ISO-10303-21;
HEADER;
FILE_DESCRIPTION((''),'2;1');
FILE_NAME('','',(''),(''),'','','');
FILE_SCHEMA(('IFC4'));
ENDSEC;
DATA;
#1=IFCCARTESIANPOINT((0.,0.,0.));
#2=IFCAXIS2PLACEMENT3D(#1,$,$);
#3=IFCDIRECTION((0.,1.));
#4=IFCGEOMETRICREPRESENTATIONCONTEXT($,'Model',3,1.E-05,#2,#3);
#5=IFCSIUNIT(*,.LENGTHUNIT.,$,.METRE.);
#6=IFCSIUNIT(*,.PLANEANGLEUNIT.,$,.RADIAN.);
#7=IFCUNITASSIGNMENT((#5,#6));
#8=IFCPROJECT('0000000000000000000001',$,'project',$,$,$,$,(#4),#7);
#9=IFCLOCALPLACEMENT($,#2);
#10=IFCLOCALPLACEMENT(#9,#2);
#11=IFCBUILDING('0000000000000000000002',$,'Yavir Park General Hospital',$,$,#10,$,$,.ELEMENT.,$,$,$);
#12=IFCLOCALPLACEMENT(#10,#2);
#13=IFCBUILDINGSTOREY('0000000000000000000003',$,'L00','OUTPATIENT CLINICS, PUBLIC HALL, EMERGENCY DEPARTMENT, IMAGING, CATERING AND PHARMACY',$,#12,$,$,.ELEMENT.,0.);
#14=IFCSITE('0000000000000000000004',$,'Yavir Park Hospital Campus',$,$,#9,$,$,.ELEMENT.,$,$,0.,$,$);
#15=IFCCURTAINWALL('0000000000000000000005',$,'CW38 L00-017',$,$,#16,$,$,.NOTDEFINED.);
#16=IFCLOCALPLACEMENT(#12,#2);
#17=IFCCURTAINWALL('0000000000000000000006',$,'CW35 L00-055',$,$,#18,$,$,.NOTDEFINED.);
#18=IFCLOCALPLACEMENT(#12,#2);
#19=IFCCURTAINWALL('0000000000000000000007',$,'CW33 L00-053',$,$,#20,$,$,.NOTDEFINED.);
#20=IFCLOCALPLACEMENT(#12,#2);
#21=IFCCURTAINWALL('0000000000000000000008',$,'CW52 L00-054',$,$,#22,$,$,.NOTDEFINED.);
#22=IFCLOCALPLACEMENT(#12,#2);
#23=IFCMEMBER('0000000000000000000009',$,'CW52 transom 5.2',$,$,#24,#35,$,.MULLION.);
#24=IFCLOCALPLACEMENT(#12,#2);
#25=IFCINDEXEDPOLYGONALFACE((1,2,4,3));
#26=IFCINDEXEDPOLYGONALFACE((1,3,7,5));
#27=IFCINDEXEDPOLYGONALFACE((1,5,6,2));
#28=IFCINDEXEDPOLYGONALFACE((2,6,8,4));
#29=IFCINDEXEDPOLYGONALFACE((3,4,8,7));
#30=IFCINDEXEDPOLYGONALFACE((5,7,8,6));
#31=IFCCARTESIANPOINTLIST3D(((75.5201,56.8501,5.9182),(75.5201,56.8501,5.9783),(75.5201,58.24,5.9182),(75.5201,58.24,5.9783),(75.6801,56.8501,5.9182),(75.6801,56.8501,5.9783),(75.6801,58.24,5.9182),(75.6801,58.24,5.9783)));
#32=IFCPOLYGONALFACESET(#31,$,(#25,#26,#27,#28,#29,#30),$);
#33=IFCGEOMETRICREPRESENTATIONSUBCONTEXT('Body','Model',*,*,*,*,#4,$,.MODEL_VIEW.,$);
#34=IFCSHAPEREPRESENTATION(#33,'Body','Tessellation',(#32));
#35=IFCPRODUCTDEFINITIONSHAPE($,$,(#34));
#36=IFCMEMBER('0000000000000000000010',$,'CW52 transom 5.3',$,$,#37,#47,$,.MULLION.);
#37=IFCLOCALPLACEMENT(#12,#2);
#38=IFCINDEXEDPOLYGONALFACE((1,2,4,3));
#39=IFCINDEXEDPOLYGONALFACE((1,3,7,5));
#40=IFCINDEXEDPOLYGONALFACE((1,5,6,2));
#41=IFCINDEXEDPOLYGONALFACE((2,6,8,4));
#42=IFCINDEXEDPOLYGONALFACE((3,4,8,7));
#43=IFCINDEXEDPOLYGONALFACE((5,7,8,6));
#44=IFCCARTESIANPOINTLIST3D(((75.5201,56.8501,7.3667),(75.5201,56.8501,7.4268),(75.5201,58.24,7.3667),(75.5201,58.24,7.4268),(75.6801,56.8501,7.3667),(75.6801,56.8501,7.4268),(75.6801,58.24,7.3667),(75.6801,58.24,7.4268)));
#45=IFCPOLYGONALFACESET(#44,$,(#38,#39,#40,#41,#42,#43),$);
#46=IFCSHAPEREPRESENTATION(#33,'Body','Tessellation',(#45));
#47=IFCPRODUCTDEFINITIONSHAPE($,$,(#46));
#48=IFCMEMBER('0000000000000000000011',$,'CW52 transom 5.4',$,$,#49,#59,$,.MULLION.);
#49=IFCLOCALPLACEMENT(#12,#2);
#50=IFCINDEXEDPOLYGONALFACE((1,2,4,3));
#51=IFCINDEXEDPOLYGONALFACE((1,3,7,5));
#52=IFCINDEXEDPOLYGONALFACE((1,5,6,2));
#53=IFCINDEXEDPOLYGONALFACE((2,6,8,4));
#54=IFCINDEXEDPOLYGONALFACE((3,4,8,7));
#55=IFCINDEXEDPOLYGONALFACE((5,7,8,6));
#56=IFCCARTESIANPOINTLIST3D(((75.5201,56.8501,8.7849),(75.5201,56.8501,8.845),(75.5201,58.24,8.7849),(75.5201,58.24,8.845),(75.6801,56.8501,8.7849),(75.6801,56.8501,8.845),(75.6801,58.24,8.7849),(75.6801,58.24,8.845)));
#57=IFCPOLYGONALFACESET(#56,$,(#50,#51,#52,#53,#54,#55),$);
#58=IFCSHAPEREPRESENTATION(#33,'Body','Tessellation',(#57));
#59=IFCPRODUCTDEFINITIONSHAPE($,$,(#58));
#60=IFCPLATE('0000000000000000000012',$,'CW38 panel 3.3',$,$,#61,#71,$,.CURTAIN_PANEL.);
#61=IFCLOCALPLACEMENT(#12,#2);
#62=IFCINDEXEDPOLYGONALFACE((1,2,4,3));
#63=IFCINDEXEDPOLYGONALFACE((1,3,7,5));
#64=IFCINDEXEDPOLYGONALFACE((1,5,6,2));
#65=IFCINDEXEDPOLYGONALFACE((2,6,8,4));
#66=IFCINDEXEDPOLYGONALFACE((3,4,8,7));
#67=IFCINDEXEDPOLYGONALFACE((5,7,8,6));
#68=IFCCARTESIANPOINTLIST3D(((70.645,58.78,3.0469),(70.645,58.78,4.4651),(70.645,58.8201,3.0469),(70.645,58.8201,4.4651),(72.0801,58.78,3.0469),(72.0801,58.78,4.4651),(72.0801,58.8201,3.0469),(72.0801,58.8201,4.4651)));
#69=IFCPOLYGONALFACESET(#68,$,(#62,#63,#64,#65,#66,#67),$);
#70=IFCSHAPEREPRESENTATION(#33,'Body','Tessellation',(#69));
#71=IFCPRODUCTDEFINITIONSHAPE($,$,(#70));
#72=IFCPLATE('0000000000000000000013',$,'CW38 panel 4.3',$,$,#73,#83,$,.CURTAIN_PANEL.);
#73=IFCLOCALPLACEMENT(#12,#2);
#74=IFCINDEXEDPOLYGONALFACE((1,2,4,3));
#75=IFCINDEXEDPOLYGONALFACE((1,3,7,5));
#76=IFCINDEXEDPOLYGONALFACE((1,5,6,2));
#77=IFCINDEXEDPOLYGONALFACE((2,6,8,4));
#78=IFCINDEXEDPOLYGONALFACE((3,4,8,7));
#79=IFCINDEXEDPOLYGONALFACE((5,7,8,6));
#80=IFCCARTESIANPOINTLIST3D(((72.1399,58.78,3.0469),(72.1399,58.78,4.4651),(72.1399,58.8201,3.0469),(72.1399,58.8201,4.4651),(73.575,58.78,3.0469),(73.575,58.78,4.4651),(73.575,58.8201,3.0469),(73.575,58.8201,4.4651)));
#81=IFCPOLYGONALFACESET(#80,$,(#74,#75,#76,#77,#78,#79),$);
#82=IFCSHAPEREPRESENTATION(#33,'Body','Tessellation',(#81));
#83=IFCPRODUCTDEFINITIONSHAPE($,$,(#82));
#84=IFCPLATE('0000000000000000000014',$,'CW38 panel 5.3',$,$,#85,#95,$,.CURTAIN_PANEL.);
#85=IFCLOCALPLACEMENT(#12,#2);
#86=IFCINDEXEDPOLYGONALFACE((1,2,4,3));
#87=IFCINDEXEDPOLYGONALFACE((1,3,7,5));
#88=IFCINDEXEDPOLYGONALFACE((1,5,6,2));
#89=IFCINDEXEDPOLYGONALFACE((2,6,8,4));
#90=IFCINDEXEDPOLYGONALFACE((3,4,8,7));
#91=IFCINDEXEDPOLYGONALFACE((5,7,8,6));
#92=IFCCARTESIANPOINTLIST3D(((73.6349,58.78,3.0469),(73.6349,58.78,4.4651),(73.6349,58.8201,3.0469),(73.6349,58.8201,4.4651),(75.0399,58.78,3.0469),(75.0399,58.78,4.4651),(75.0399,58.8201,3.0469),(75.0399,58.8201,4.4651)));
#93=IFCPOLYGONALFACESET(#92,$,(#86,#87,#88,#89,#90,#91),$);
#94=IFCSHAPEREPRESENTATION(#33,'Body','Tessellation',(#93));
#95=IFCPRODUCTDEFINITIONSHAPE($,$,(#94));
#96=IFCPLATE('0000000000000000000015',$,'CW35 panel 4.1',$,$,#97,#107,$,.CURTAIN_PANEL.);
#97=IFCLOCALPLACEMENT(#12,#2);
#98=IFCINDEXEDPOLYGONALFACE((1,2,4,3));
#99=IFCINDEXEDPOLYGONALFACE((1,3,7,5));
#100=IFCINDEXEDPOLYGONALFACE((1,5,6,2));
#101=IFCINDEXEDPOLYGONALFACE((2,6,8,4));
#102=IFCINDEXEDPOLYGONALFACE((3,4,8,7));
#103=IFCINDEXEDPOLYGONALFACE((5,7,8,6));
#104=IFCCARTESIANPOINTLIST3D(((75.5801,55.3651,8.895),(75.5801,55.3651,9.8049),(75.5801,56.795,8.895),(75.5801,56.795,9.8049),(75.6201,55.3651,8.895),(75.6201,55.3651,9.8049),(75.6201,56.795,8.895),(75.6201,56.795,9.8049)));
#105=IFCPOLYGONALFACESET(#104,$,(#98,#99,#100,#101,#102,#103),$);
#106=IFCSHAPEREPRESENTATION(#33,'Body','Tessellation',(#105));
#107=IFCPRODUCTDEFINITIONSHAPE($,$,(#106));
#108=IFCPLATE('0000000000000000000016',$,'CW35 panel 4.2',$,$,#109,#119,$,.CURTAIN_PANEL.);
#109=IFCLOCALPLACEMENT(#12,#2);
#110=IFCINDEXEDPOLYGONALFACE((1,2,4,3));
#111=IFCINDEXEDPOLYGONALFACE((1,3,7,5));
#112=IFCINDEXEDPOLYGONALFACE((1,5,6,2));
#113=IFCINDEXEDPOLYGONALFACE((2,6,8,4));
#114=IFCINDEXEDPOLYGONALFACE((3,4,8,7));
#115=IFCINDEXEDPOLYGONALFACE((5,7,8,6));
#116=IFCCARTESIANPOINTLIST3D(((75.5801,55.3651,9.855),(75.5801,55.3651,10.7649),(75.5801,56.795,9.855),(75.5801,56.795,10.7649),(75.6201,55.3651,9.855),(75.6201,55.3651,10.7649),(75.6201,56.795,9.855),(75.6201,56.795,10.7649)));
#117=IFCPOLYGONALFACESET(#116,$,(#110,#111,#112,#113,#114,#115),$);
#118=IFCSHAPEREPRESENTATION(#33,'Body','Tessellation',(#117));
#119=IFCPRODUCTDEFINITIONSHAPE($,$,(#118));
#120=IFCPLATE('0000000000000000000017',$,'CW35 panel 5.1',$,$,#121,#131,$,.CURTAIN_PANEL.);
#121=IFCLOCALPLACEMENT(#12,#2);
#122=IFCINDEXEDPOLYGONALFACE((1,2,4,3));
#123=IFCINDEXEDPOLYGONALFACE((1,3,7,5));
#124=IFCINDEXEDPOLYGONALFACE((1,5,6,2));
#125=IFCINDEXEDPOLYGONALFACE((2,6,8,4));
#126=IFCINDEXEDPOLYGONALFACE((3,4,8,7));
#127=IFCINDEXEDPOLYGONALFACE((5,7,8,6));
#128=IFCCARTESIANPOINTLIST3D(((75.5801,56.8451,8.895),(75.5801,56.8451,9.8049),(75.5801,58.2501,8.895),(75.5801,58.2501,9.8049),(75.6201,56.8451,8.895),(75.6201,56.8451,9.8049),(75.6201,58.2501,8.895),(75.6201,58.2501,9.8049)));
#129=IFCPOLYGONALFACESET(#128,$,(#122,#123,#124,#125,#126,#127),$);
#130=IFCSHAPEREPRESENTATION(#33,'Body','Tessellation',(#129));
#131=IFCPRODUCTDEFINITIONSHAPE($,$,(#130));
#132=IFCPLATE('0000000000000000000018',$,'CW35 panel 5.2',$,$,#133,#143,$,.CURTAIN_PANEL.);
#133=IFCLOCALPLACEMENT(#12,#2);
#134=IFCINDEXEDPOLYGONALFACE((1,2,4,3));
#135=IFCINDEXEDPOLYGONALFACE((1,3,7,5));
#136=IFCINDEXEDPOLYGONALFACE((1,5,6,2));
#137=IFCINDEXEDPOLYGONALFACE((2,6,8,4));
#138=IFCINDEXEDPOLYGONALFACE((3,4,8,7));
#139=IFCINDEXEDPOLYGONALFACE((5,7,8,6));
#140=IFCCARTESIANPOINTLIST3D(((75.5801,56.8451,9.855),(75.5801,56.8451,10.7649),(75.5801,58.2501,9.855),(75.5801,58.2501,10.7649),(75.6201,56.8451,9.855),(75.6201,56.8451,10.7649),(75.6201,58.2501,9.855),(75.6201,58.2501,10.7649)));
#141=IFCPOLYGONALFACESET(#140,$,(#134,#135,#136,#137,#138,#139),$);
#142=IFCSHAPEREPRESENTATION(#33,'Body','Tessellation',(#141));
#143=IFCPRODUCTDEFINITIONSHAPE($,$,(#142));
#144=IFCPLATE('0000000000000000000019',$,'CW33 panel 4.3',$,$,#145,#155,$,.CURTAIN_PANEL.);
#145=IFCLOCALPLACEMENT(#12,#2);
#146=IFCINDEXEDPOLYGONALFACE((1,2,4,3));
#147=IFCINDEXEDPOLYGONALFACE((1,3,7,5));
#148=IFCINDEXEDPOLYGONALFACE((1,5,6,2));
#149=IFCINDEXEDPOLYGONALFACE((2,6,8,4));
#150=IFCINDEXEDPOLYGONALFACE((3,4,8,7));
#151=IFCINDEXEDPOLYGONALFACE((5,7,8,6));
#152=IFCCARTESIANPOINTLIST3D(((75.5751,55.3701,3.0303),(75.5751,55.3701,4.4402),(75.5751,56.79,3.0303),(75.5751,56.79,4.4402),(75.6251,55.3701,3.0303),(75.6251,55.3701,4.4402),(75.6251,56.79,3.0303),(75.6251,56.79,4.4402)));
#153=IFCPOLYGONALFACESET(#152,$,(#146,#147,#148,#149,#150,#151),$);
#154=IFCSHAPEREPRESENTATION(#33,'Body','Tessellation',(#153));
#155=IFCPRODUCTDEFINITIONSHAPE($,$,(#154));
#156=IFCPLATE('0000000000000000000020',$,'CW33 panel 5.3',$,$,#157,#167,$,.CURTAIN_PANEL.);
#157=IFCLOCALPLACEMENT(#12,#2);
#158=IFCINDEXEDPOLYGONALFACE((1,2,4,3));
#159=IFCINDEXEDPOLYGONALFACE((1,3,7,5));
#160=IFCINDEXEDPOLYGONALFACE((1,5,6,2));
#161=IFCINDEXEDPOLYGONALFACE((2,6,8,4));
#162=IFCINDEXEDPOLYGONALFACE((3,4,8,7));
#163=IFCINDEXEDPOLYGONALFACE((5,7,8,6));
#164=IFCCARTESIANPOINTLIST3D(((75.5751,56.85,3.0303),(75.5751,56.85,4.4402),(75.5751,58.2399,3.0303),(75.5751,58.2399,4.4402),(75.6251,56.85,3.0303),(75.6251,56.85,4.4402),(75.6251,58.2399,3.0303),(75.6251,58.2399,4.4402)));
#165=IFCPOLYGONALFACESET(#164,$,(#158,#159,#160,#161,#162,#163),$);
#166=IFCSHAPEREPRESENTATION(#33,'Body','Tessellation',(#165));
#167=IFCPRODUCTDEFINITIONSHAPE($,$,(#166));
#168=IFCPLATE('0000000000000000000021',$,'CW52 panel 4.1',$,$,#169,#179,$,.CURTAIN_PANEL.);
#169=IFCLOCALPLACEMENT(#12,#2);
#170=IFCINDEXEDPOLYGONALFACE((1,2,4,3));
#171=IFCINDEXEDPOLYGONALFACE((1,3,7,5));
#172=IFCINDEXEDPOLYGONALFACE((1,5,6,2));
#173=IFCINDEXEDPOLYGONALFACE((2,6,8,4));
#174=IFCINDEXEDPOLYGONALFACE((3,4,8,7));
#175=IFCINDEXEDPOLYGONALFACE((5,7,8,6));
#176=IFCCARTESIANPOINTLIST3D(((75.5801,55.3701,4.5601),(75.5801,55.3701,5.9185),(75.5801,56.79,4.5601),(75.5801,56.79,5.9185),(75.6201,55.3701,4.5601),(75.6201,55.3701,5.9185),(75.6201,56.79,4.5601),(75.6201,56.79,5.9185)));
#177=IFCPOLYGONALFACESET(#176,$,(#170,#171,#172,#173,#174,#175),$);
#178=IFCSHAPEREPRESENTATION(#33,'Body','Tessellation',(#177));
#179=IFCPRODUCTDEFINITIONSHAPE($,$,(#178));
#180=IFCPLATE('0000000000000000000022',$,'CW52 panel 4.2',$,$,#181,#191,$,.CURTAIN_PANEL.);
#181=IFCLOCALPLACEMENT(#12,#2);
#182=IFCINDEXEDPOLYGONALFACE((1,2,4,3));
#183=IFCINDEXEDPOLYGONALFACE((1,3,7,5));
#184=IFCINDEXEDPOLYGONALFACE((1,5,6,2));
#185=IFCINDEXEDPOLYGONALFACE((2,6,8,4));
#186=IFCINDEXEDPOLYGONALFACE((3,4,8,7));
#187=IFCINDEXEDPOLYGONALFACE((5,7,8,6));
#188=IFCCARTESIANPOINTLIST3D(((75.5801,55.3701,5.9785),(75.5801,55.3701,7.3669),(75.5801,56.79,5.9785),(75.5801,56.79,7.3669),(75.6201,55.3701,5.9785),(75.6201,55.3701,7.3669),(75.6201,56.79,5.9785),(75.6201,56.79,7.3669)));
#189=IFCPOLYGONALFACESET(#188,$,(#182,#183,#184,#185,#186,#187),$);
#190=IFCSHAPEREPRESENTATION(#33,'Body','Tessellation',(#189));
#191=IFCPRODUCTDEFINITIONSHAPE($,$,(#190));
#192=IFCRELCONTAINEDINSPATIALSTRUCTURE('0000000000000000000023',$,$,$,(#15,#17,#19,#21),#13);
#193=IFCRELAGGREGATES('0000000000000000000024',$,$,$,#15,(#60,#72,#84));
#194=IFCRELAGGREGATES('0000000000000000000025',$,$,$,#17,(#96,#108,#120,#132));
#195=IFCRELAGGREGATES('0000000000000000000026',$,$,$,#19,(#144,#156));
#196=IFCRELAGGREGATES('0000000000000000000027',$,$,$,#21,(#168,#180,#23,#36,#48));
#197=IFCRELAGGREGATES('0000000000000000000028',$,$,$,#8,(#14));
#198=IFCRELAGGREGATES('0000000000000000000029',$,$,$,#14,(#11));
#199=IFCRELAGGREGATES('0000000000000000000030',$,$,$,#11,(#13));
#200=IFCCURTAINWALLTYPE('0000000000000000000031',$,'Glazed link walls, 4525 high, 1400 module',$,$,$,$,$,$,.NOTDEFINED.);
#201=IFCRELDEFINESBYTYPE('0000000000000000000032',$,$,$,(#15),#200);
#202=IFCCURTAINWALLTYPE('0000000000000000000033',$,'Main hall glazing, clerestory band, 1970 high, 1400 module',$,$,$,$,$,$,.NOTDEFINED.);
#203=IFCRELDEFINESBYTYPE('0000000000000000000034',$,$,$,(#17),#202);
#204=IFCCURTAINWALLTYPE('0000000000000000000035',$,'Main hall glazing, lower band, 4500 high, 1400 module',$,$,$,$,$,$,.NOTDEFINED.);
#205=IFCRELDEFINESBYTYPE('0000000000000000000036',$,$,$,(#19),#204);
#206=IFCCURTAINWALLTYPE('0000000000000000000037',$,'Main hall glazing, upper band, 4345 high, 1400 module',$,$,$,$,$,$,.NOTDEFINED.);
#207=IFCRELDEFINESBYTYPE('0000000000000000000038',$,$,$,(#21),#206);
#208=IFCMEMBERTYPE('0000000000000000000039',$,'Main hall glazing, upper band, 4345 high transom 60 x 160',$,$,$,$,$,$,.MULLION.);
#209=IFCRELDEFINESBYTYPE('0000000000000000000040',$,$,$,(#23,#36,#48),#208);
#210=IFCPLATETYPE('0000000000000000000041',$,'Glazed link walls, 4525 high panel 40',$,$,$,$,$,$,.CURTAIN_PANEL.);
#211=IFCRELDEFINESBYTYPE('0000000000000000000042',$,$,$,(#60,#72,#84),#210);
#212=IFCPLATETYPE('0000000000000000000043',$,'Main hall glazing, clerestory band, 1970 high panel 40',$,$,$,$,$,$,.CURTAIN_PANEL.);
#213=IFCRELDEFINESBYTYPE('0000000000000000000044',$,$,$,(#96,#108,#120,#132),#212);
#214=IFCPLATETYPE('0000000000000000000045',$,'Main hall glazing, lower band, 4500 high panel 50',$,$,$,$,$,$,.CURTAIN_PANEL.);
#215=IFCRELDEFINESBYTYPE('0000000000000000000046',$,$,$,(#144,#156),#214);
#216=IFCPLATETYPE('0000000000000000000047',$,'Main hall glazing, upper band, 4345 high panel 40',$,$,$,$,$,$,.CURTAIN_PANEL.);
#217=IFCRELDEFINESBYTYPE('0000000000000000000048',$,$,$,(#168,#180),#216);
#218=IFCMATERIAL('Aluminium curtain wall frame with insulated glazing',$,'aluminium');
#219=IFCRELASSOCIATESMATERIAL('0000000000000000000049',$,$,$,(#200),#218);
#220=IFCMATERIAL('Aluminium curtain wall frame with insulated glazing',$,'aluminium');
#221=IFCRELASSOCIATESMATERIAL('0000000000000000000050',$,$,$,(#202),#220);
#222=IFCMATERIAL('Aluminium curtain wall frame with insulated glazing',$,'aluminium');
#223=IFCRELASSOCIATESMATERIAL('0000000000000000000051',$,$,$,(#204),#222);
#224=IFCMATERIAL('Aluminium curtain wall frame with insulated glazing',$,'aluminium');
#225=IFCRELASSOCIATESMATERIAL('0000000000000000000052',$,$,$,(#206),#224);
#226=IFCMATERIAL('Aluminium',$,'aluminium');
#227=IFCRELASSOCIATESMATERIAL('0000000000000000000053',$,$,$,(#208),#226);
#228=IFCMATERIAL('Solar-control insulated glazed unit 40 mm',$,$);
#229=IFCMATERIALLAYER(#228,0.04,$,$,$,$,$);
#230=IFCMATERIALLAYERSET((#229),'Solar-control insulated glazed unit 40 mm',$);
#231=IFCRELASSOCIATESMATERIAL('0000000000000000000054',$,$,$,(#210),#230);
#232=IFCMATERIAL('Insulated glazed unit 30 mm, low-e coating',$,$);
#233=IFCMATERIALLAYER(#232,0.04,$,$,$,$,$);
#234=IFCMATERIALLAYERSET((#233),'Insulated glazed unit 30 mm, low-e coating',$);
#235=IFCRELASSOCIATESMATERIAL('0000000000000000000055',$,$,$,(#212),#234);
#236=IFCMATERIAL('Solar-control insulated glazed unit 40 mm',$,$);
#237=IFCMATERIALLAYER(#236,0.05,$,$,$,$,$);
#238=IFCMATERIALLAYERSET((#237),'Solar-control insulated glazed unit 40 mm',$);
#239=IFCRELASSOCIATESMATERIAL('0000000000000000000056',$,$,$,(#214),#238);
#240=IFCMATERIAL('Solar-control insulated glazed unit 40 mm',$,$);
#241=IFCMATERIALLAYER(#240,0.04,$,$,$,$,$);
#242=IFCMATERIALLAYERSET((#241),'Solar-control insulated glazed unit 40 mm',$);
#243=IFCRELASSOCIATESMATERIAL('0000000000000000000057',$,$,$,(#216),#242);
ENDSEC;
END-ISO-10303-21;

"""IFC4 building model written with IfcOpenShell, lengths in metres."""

from ifc_helpers import new_model, si_unit, direction, frame, origin, origin_2d, place, context, subcontext, project, spatial, rectangle, extrude, material, layer, layer_set, material_profile, profile_set, type_object, element, aggregate, save


model = new_model("IFC4")

# Units and contexts
model_context = context("Model", 3, precision=1e-05, world=origin(), true_north=direction((0.0, 1.0)))
body_context = subcontext(model_context, "Body", "Model", "MODEL_VIEW")
ifc_project = project(units=[si_unit("LENGTHUNIT", "METRE"), si_unit("PLANEANGLEUNIT", "RADIAN")], contexts=[model_context])

# Site, building, storey
site_placement = place(None, origin())
site = spatial("IfcSite", under=ifc_project, at=site_placement, Name="Yavir Park Hospital Campus", CompositionType="ELEMENT", RefElevation=0.0)
building_placement = place(site_placement, origin())
building = spatial("IfcBuilding", under=site, at=building_placement, Name="Yavir Park General Hospital", CompositionType="ELEMENT")
storey_placement = place(building_placement, origin())
storey = spatial("IfcBuildingStorey", under=building, at=storey_placement, Name="L00", Description="OUTPATIENT CLINICS, PUBLIC HALL, EMERGENCY DEPARTMENT, IMAGING, CATERING AND PHARMACY", CompositionType="ELEMENT", Elevation=0.0)

# Curtain walls
ifc_material_1 = material(Name="Aluminium curtain wall frame with insulated glazing", Category="aluminium")
curtain_wall_type_1 = type_object("IfcCurtainWallType", Name="Glazed link walls, 4525 high, 1400 module", PredefinedType="NOTDEFINED", material=ifc_material_1)
curtain_wall_1_placement = place(storey_placement, origin())
curtain_wall_1 = element("IfcCurtainWall", 1, at=curtain_wall_1_placement, inside=storey, type_object=curtain_wall_type_1, Name="CW38 L00-017", PredefinedType="NOTDEFINED")
ifc_material_2 = material(Name="Aluminium curtain wall frame with insulated glazing", Category="aluminium")
curtain_wall_type_2 = type_object("IfcCurtainWallType", Name="Main hall glazing, clerestory band, 1970 high, 1400 module", PredefinedType="NOTDEFINED", material=ifc_material_2)
curtain_wall_2_placement = place(storey_placement, origin())
curtain_wall_2 = element("IfcCurtainWall", 2, at=curtain_wall_2_placement, inside=storey, type_object=curtain_wall_type_2, Name="CW35 L00-055", PredefinedType="NOTDEFINED")

# Curtain wall
ifc_material_3 = material(Name="Aluminium curtain wall frame with insulated glazing", Category="aluminium")
curtain_wall_type_3 = type_object("IfcCurtainWallType", Name="Main hall glazing, lower band, 4500 high, 1400 module", PredefinedType="NOTDEFINED", material=ifc_material_3)
curtain_wall_3_placement = place(storey_placement, origin())
curtain_wall_3 = element("IfcCurtainWall", 3, at=curtain_wall_3_placement, inside=storey, type_object=curtain_wall_type_3, Name="CW33 L00-053", PredefinedType="NOTDEFINED")

# Curtain wall, members
ifc_material_4 = material(Name="Aluminium curtain wall frame with insulated glazing", Category="aluminium")
curtain_wall_type_4 = type_object("IfcCurtainWallType", Name="Main hall glazing, upper band, 4345 high, 1400 module", PredefinedType="NOTDEFINED", material=ifc_material_4)
curtain_wall_4_placement = place(storey_placement, origin())
curtain_wall_4 = element("IfcCurtainWall", 4, at=curtain_wall_4_placement, inside=storey, type_object=curtain_wall_type_4, Name="CW52 L00-054", PredefinedType="NOTDEFINED")
ifc_material_5 = material(Name="Aluminium", Category="aluminium")
ifc_material_profile_1 = material_profile(ifc_material_5, rectangle(XDim=0.1599, YDim=0.0601, at=origin_2d()), Name="AL 160x60")
ifc_profile_set_1 = profile_set([ifc_material_profile_1], Name="Aluminium")
member_type_1 = type_object("IfcMemberType", Name="Main hall glazing, upper band, 4345 high transom 60 x 160", PredefinedType="MULLION", material=ifc_profile_set_1)
member_1_placement = place(storey_placement, frame((75.6001, 56.8501, 5.9482), z_axis=(0.0, 1.0, 0.0), x_axis=(-1.0, 0.0, 0.0)))
member_1 = element("IfcMember", 5, at=member_1_placement, type_object=member_type_1, Name="CW52 transom 5.2", PredefinedType="MULLION", context=body_context, shape_type="SweptSolid", body=[
    extrude(rectangle(XDim=0.1599, YDim=0.0601, at=origin_2d()), origin(), (0.0, 0.0, 1.0), 1.3899),
])
member_2_placement = place(storey_placement, frame((75.6001, 56.8501, 7.3967), z_axis=(0.0, 1.0, 0.0), x_axis=(-1.0, 0.0, 0.0)))
member_2 = element("IfcMember", 6, at=member_2_placement, type_object=member_type_1, Name="CW52 transom 5.3", PredefinedType="MULLION", context=body_context, shape_type="SweptSolid", body=[
    extrude(rectangle(XDim=0.1599, YDim=0.0601, at=origin_2d()), origin(), (0.0, 0.0, 1.0), 1.3899),
])
member_3_placement = place(storey_placement, frame((75.6001, 56.8501, 8.8149), z_axis=(0.0, 1.0, 0.0), x_axis=(-1.0, 0.0, 0.0)))
member_3 = element("IfcMember", 7, at=member_3_placement, type_object=member_type_1, Name="CW52 transom 5.4", PredefinedType="MULLION", context=body_context, shape_type="SweptSolid", body=[
    extrude(rectangle(XDim=0.1599, YDim=0.0601, at=origin_2d()), origin(), (0.0, 0.0, 1.0), 1.3899),
])

# Plates
ifc_material_6 = material(Name="Solar-control insulated glazed unit 40 mm")
ifc_layer_1 = layer(ifc_material_6, 0.04)
ifc_layer_set_1 = layer_set([ifc_layer_1], Name="Solar-control insulated glazed unit 40 mm")
plate_type_1 = type_object("IfcPlateType", Name="Glazed link walls, 4525 high panel 40", PredefinedType="CURTAIN_PANEL", material=ifc_layer_set_1)
plate_1_placement = place(storey_placement, frame((71.3625, 58.8, 3.0469), z_axis=(0.0, 0.0, 1.0), x_axis=(1.0, 0.0, 0.0)))
plate_1 = element("IfcPlate", 8, at=plate_1_placement, type_object=plate_type_1, Name="CW38 panel 3.3", PredefinedType="CURTAIN_PANEL", context=body_context, shape_type="SweptSolid", body=[
    extrude(rectangle(XDim=1.4351, YDim=0.04, at=origin_2d()), origin(), (0.0, 0.0, 1.0), 1.4182),
])
plate_2_placement = place(storey_placement, frame((72.8574, 58.8, 3.0469), z_axis=(0.0, 0.0, 1.0), x_axis=(1.0, 0.0, 0.0)))
plate_2 = element("IfcPlate", 9, at=plate_2_placement, type_object=plate_type_1, Name="CW38 panel 4.3", PredefinedType="CURTAIN_PANEL", context=body_context, shape_type="SweptSolid", body=[
    extrude(rectangle(XDim=1.4351, YDim=0.04, at=origin_2d()), origin(), (0.0, 0.0, 1.0), 1.4182),
])
plate_3_placement = place(storey_placement, frame((74.3374, 58.8, 3.0469), z_axis=(0.0, 0.0, 1.0), x_axis=(1.0, 0.0, 0.0)))
plate_3 = element("IfcPlate", 10, at=plate_3_placement, type_object=plate_type_1, Name="CW38 panel 5.3", PredefinedType="CURTAIN_PANEL", context=body_context, shape_type="SweptSolid", body=[
    extrude(rectangle(XDim=1.405, YDim=0.04, at=origin_2d()), origin(), (0.0, 0.0, 1.0), 1.4182),
])
aggregate(curtain_wall_1, [plate_1, plate_2, plate_3])
ifc_material_7 = material(Name="Insulated glazed unit 30 mm, low-e coating")
ifc_layer_2 = layer(ifc_material_7, 0.04)
ifc_layer_set_2 = layer_set([ifc_layer_2], Name="Insulated glazed unit 30 mm, low-e coating")
plate_type_2 = type_object("IfcPlateType", Name="Main hall glazing, clerestory band, 1970 high panel 40", PredefinedType="CURTAIN_PANEL", material=ifc_layer_set_2)
plate_4_placement = place(storey_placement, frame((75.6001, 56.0801, 8.895), z_axis=(0.0, 0.0, 1.0), x_axis=(0.0, 1.0, 0.0)))
plate_4 = element("IfcPlate", 11, at=plate_4_placement, type_object=plate_type_2, Name="CW35 panel 4.1", PredefinedType="CURTAIN_PANEL", context=body_context, shape_type="SweptSolid", body=[
    extrude(rectangle(XDim=1.4299, YDim=0.04, at=origin_2d()), origin(), (0.0, 0.0, 1.0), 0.9099),
])
plate_5_placement = place(storey_placement, frame((75.6001, 56.0801, 9.855), z_axis=(0.0, 0.0, 1.0), x_axis=(0.0, 1.0, 0.0)))
plate_5 = element("IfcPlate", 12, at=plate_5_placement, type_object=plate_type_2, Name="CW35 panel 4.2", PredefinedType="CURTAIN_PANEL", context=body_context, shape_type="SweptSolid", body=[
    extrude(rectangle(XDim=1.4299, YDim=0.04, at=origin_2d()), origin(), (0.0, 0.0, 1.0), 0.9099),
])
plate_6_placement = place(storey_placement, frame((75.6001, 57.5476, 8.895), z_axis=(0.0, 0.0, 1.0), x_axis=(0.0, 1.0, 0.0)))
plate_6 = element("IfcPlate", 13, at=plate_6_placement, type_object=plate_type_2, Name="CW35 panel 5.1", PredefinedType="CURTAIN_PANEL", context=body_context, shape_type="SweptSolid", body=[
    extrude(rectangle(XDim=1.405, YDim=0.04, at=origin_2d()), origin(), (0.0, 0.0, 1.0), 0.9099),
])
plate_7_placement = place(storey_placement, frame((75.6001, 57.5476, 9.855), z_axis=(0.0, 0.0, 1.0), x_axis=(0.0, 1.0, 0.0)))
plate_7 = element("IfcPlate", 14, at=plate_7_placement, type_object=plate_type_2, Name="CW35 panel 5.2", PredefinedType="CURTAIN_PANEL", context=body_context, shape_type="SweptSolid", body=[
    extrude(rectangle(XDim=1.405, YDim=0.04, at=origin_2d()), origin(), (0.0, 0.0, 1.0), 0.9099),
])
aggregate(curtain_wall_2, [plate_4, plate_5, plate_6, plate_7])
ifc_material_8 = material(Name="Solar-control insulated glazed unit 40 mm")
ifc_layer_3 = layer(ifc_material_8, 0.05)
ifc_layer_set_3 = layer_set([ifc_layer_3], Name="Solar-control insulated glazed unit 40 mm")
plate_type_3 = type_object("IfcPlateType", Name="Main hall glazing, lower band, 4500 high panel 50", PredefinedType="CURTAIN_PANEL", material=ifc_layer_set_3)
plate_8_placement = place(storey_placement, frame((75.6001, 56.0801, 3.0303), z_axis=(0.0, 0.0, 1.0), x_axis=(0.0, 1.0, 0.0)))
plate_8 = element("IfcPlate", 15, at=plate_8_placement, type_object=plate_type_3, Name="CW33 panel 4.3", PredefinedType="CURTAIN_PANEL", context=body_context, shape_type="SweptSolid", body=[
    extrude(rectangle(XDim=1.4199, YDim=0.05, at=origin_2d()), origin(), (0.0, 0.0, 1.0), 1.4099),
])
plate_9_placement = place(storey_placement, frame((75.6001, 57.5449, 3.0303), z_axis=(0.0, 0.0, 1.0), x_axis=(0.0, 1.0, 0.0)))
plate_9 = element("IfcPlate", 16, at=plate_9_placement, type_object=plate_type_3, Name="CW33 panel 5.3", PredefinedType="CURTAIN_PANEL", context=body_context, shape_type="SweptSolid", body=[
    extrude(rectangle(XDim=1.3899, YDim=0.05, at=origin_2d()), origin(), (0.0, 0.0, 1.0), 1.4099),
])
aggregate(curtain_wall_3, [plate_8, plate_9])
ifc_material_9 = material(Name="Solar-control insulated glazed unit 40 mm")
ifc_layer_4 = layer(ifc_material_9, 0.04)
ifc_layer_set_4 = layer_set([ifc_layer_4], Name="Solar-control insulated glazed unit 40 mm")
plate_type_4 = type_object("IfcPlateType", Name="Main hall glazing, upper band, 4345 high panel 40", PredefinedType="CURTAIN_PANEL", material=ifc_layer_set_4)
plate_10_placement = place(storey_placement, frame((75.6001, 56.0801, 4.5601), z_axis=(0.0, 0.0, 1.0), x_axis=(0.0, 1.0, 0.0)))
plate_10 = element("IfcPlate", 17, at=plate_10_placement, type_object=plate_type_4, Name="CW52 panel 4.1", PredefinedType="CURTAIN_PANEL", context=body_context, shape_type="SweptSolid", body=[
    extrude(rectangle(XDim=1.4199, YDim=0.04, at=origin_2d()), origin(), (0.0, 0.0, 1.0), 1.3584),
])
plate_11_placement = place(storey_placement, frame((75.6001, 56.0801, 5.9785), z_axis=(0.0, 0.0, 1.0), x_axis=(0.0, 1.0, 0.0)))
plate_11 = element("IfcPlate", 18, at=plate_11_placement, type_object=plate_type_4, Name="CW52 panel 4.2", PredefinedType="CURTAIN_PANEL", context=body_context, shape_type="SweptSolid", body=[
    extrude(rectangle(XDim=1.4199, YDim=0.04, at=origin_2d()), origin(), (0.0, 0.0, 1.0), 1.3884),
])
aggregate(curtain_wall_4, [plate_10, plate_11, member_1, member_2, member_3])

save(model, "model.ifc")
